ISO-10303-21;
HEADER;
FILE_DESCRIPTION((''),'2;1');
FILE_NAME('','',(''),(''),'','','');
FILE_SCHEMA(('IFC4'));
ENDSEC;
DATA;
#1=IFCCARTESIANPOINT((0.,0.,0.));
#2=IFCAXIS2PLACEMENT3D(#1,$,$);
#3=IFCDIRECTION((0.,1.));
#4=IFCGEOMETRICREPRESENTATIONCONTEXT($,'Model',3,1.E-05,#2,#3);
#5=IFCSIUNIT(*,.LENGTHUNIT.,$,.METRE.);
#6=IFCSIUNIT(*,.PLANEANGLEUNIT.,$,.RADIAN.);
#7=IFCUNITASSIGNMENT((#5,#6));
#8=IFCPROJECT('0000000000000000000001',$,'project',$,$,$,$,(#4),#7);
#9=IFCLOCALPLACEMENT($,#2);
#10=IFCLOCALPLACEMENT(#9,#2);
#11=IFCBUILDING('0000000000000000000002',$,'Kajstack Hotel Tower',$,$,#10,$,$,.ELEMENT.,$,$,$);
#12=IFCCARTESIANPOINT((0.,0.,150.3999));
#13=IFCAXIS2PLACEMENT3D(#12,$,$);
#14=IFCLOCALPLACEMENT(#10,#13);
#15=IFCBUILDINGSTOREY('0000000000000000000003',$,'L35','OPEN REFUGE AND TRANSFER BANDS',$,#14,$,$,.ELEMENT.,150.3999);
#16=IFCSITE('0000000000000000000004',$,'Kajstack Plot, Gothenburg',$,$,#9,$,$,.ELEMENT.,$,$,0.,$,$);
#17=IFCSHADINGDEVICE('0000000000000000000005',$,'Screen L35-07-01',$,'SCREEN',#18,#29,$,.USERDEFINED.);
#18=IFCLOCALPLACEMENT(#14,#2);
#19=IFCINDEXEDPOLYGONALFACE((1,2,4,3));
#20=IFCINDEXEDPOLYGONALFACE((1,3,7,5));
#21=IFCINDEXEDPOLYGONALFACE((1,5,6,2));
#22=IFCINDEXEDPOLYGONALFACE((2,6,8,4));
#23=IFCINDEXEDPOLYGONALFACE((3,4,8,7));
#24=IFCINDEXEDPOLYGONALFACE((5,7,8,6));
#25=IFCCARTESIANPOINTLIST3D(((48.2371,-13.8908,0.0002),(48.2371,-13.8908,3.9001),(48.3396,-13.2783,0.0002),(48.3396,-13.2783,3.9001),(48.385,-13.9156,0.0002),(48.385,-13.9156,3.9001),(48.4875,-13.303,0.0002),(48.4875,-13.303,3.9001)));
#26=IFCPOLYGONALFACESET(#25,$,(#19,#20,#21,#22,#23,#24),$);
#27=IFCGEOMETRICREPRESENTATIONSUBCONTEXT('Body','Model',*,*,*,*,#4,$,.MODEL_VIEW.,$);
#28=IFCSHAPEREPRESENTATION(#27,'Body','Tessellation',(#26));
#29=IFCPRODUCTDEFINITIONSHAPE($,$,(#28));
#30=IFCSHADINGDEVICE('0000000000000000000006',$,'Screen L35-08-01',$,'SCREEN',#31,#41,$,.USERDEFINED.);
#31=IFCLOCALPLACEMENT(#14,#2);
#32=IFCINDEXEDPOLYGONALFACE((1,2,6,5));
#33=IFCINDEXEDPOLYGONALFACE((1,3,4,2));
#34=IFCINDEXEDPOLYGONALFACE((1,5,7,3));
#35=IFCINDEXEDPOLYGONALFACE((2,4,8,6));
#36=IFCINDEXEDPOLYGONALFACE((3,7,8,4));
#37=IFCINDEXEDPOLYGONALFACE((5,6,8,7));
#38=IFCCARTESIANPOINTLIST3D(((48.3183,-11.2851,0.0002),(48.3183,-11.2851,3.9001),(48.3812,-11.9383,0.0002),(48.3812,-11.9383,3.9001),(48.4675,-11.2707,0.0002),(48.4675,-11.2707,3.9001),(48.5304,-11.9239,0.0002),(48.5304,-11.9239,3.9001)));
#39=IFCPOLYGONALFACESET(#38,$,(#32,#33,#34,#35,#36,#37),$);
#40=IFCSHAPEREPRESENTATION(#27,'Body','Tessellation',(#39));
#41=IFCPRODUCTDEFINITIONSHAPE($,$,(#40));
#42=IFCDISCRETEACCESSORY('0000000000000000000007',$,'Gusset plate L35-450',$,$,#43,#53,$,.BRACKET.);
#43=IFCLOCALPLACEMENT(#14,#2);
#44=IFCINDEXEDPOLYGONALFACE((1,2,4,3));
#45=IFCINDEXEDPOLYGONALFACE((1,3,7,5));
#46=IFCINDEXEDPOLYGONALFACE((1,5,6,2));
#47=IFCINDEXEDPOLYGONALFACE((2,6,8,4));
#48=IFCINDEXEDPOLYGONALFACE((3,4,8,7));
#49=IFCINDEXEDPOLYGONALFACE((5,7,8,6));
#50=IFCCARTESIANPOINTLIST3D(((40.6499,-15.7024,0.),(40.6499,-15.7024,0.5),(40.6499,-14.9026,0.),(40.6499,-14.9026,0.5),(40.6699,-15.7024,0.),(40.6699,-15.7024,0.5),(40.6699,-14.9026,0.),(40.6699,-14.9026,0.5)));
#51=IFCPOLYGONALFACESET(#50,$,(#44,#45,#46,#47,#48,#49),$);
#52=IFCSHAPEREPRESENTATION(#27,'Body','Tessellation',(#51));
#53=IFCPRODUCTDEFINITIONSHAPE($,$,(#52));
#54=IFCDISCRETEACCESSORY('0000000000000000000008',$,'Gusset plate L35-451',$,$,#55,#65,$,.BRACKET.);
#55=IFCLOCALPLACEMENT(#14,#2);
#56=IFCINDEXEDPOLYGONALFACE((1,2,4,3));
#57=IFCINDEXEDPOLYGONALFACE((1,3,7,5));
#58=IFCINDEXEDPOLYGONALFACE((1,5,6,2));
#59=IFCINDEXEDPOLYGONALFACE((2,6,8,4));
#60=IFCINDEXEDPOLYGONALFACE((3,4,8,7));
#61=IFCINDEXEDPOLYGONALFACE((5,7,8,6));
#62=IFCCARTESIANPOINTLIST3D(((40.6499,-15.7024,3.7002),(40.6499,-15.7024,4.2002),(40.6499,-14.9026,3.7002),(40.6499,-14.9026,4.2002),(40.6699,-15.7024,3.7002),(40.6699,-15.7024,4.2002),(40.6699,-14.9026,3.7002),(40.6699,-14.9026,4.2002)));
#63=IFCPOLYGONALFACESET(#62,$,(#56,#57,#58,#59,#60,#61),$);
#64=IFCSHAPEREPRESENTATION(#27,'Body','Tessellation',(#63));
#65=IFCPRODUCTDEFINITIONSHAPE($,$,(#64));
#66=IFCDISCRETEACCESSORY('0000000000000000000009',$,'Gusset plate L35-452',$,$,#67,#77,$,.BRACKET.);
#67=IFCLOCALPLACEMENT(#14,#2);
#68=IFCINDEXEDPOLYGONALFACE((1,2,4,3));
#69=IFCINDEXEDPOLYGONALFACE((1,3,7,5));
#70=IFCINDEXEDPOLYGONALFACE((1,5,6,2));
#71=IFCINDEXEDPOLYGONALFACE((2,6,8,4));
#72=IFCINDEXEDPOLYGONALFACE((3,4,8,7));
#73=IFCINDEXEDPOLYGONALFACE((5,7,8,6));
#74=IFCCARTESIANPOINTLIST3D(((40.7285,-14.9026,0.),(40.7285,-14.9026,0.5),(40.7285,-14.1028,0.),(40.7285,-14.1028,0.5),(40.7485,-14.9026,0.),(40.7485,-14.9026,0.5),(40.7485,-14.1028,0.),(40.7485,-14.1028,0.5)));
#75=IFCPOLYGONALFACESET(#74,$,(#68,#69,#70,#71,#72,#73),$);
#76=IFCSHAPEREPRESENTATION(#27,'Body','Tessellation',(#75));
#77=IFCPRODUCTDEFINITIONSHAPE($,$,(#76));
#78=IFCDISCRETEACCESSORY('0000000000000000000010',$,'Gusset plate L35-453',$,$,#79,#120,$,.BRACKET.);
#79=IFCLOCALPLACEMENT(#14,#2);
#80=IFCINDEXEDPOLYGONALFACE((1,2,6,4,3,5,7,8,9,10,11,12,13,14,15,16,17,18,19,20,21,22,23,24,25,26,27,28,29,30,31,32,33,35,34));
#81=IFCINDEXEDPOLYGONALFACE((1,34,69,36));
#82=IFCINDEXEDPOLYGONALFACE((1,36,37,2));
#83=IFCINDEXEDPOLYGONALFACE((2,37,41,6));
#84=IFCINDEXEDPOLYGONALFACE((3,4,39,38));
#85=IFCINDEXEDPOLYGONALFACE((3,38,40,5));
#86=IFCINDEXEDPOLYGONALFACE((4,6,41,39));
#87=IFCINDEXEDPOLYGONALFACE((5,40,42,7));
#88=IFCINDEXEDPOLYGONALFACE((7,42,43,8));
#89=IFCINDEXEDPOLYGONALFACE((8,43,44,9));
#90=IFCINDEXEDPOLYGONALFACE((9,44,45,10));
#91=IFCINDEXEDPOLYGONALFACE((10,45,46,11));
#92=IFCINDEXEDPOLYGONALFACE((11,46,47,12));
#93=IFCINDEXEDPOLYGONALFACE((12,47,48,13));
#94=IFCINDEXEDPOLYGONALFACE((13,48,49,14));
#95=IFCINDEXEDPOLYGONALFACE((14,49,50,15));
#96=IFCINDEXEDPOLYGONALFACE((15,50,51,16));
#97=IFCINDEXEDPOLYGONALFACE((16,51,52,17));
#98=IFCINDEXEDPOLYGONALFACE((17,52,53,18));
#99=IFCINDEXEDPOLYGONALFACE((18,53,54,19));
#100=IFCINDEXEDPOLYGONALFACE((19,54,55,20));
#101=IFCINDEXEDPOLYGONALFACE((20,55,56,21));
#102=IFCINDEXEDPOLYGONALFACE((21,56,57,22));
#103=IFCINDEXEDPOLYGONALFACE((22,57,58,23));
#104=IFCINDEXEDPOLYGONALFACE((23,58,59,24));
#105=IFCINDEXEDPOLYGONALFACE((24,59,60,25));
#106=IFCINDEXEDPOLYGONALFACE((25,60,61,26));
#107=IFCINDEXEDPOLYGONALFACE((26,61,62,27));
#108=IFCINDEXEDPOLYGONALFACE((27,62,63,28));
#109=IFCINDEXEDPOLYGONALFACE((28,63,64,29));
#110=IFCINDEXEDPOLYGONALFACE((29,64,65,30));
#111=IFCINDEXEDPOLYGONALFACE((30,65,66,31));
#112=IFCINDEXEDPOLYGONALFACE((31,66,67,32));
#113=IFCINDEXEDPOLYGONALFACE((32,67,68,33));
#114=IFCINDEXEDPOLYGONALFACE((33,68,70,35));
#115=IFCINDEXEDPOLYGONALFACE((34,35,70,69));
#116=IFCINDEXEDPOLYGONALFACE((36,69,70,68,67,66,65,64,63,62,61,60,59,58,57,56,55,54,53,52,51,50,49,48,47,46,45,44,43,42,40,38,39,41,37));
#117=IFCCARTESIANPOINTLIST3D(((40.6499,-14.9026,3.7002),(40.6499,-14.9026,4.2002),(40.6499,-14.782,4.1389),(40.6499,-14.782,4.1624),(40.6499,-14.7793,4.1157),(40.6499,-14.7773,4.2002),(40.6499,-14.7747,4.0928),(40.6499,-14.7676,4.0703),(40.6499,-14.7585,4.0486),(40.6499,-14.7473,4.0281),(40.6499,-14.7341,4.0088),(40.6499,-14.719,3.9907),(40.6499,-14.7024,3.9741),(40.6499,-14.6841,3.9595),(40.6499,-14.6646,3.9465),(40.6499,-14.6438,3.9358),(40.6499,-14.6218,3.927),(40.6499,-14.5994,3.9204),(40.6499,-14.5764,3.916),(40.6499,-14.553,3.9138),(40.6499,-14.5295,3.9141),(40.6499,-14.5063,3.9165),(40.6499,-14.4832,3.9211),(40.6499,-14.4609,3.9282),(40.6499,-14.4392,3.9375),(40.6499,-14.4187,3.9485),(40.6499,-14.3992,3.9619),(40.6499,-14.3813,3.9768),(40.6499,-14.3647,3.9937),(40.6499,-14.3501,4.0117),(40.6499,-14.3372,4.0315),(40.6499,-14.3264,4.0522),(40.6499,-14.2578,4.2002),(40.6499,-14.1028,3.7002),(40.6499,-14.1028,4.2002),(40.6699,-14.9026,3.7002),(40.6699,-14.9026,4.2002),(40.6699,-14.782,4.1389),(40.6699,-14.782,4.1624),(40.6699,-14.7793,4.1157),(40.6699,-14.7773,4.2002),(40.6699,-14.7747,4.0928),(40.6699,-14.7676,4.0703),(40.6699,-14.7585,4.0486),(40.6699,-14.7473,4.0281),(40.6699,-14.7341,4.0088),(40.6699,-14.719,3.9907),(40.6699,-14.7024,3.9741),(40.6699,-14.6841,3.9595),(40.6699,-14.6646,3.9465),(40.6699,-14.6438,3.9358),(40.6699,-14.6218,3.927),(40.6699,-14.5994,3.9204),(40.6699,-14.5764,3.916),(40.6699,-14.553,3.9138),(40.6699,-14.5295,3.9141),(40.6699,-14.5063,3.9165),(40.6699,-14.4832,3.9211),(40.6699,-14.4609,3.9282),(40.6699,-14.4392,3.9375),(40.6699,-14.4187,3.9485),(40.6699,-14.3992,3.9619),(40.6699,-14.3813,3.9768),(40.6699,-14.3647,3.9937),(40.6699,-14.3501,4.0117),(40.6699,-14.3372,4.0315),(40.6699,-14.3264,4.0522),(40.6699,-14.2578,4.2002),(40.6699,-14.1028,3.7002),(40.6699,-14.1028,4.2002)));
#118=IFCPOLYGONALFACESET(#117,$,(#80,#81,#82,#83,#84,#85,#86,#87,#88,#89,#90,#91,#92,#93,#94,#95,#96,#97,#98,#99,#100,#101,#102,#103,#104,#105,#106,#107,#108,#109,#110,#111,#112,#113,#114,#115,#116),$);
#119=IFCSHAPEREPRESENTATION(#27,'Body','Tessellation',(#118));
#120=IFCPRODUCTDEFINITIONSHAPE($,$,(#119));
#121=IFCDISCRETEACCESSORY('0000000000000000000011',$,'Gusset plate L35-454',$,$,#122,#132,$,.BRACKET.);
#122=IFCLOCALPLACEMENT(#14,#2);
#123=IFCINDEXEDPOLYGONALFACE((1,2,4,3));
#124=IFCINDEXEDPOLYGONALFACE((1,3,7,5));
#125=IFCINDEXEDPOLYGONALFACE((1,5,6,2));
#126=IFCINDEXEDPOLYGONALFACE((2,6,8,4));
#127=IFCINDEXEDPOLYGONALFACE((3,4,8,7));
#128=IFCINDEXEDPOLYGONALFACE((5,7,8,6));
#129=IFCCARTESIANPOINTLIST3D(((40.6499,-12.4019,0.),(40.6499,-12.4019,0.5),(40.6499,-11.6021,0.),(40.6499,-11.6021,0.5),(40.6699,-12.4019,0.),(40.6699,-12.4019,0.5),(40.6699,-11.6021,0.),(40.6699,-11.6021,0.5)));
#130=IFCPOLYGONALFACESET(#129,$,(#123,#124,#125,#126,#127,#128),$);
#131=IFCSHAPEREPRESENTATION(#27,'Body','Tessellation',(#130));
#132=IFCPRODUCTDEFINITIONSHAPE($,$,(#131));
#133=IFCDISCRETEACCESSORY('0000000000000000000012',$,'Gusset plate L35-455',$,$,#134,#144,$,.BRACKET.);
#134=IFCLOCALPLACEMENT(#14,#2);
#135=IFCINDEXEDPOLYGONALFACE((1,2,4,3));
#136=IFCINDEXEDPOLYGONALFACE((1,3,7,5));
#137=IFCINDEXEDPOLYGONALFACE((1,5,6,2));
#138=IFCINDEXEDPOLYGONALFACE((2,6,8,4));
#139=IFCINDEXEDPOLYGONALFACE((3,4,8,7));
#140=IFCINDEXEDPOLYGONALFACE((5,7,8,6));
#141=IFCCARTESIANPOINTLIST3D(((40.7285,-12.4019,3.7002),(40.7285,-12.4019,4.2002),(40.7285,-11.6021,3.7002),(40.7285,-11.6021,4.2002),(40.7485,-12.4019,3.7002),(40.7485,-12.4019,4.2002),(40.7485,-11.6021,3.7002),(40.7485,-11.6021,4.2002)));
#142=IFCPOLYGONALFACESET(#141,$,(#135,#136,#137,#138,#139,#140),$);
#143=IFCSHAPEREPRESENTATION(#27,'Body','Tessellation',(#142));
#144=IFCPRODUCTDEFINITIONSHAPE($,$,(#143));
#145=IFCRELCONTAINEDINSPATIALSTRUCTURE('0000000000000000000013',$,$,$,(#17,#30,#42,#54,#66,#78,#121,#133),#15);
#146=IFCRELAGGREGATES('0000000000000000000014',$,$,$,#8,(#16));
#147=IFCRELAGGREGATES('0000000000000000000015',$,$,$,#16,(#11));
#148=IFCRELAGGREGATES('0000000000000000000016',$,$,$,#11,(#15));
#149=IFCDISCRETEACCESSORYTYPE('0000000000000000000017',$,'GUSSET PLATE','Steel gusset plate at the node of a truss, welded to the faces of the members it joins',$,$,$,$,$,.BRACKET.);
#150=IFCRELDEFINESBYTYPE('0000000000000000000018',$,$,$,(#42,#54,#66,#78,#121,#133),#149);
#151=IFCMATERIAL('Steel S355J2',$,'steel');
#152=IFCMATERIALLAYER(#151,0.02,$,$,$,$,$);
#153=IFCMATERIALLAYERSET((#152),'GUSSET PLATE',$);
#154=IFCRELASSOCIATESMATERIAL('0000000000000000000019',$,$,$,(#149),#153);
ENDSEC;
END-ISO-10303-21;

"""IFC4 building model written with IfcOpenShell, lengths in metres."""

from ifc_helpers import new_model, si_unit, direction, frame, origin, origin_2d, place, context, subcontext, project, spatial, polyline, rectangle, outline, extrude, material, layer, layer_set, type_object, element, save


model = new_model("IFC4")

# Units and contexts
model_context = context("Model", 3, precision=1e-05, world=origin(), true_north=direction((0.0, 1.0)))
body_context = subcontext(model_context, "Body", "Model", "MODEL_VIEW")
ifc_project = project(units=[si_unit("LENGTHUNIT", "METRE"), si_unit("PLANEANGLEUNIT", "RADIAN")], contexts=[model_context])

# Site, building, storey
site_placement = place(None, origin())
site = spatial("IfcSite", under=ifc_project, at=site_placement, Name="Kajstack Plot, Gothenburg", CompositionType="ELEMENT", RefElevation=0.0)
building_placement = place(site_placement, origin())
building = spatial("IfcBuilding", under=site, at=building_placement, Name="Kajstack Hotel Tower", CompositionType="ELEMENT")
storey_placement = place(building_placement, frame((0.0, 0.0, 150.3999)))
storey = spatial("IfcBuildingStorey", under=building, at=storey_placement, Name="L35", Description="OPEN REFUGE AND TRANSFER BANDS", CompositionType="ELEMENT", Elevation=150.3999)

# Shared definitions
ifc_material = material(Name="Steel S355J2", Category="steel")

# Shading devices
for number, where, z_axis, x_axis, name in (
    (1, (48.3623, -13.5969, 0.0002), (0.0, 0.0, 1.0), (0.165025, 0.986289, 0.0), "Screen L35-07-01"),
):
    element("IfcShadingDevice", number, at=place(storey_placement, frame(where, z_axis=z_axis, x_axis=x_axis)), inside=storey, Name=name, ObjectType="SCREEN", PredefinedType="USERDEFINED", context=body_context, shape_type="SweptSolid", body=[
        extrude(rectangle(XDim=0.6211, YDim=0.1499, at=origin_2d()), origin(), (0.0, 0.0, 1.0), 3.8999),
    ])
shading_device_placement = place(storey_placement, frame((48.4243, -11.6045, 0.0002), z_axis=(0.0, 0.0, 1.0), x_axis=(-0.095846, 0.995396, 0.0)))
element("IfcShadingDevice", 2, at=shading_device_placement, inside=storey, Name="Screen L35-08-01", ObjectType="SCREEN", PredefinedType="USERDEFINED", context=body_context, shape_type="SweptSolid", body=[
    extrude(rectangle(XDim=0.6562, YDim=0.1499, at=origin_2d()), origin(), (0.0, 0.0, 1.0), 3.8999),
])

# Discrete accessories
ifc_layer = layer(ifc_material, 0.02)
ifc_layer_set = layer_set([ifc_layer], Name="GUSSET PLATE")
discrete_accessory_type = type_object("IfcDiscreteAccessoryType", Name="GUSSET PLATE", Description="Steel gusset plate at the node of a truss, welded to the faces of the members it joins", PredefinedType="BRACKET", material=ifc_layer_set)
for number, where, z_axis, x_axis, name in (
    (3, (40.6499, -15.3025, 0.0), (1.0, 0.0, 0.0), (0.0, 1.0, 0.0), "Gusset plate L35-450"),
    (4, (40.6499, -15.3025, 3.7002), (1.0, 0.0, 0.0), (0.0, 1.0, 0.0), "Gusset plate L35-451"),
    (5, (40.7285, -14.5027, 0.0), (1.0, 0.0, 0.0), (0.0, 1.0, 0.0), "Gusset plate L35-452"),
):
    element("IfcDiscreteAccessory", number, at=place(storey_placement, frame(where, z_axis=z_axis, x_axis=x_axis)), inside=storey, type_object=discrete_accessory_type, Name=name, PredefinedType="BRACKET", context=body_context, shape_type="SweptSolid", body=[
        extrude(outline(polyline([(-0.3999, 0.0), (0.3999, 0.0), (0.3999, 0.5), (-0.3999, 0.5), (-0.3999, 0.0)])), origin(), (0.0, 0.0, 1.0), 0.02),
    ])
discrete_accessory_placement = place(storey_placement, frame((40.6499, -14.5027, 3.7002), z_axis=(1.0, 0.0, 0.0), x_axis=(0.0, 1.0, 0.0)))
element("IfcDiscreteAccessory", 6, at=discrete_accessory_placement, inside=storey, type_object=discrete_accessory_type, Name="Gusset plate L35-453", PredefinedType="BRACKET", context=body_context, shape_type="SweptSolid", body=[
    extrude(outline(polyline([(0.3999, 0.5), (0.2449, 0.5), (0.1763, 0.3521), (0.1655, 0.3313), (0.1526, 0.3115), (0.1379, 0.2935), (0.1213, 0.2766), (0.1035, 0.2617), (0.084, 0.2483), (0.0635, 0.2373), (0.0417, 0.228), (0.0195, 0.2209), (-0.0037, 0.2163), (-0.0269, 0.2139), (-0.0503, 0.2136), (-0.0737, 0.2158), (-0.0967, 0.2202), (-0.1191, 0.2268), (-0.1411, 0.2356), (-0.1619, 0.2463), (-0.1814, 0.2593), (-0.1997, 0.2739), (-0.2163, 0.2905), (-0.2314, 0.3086), (-0.2446, 0.3279), (-0.2559, 0.3484), (-0.2649, 0.3701), (-0.272, 0.3926), (-0.2766, 0.4155), (-0.2793, 0.4387), (-0.2793, 0.4622), (-0.2747, 0.5), (-0.3999, 0.5), (-0.3999, 0.0), (0.3999, 0.0), (0.3999, 0.5)])), origin(), (0.0, 0.0, 1.0), 0.02),
])
for number, where, z_axis, x_axis, name in (
    (7, (40.6499, -12.002, 0.0), (1.0, 0.0, 0.0), (0.0, 1.0, 0.0), "Gusset plate L35-454"),
    (8, (40.7285, -12.002, 3.7002), (1.0, 0.0, 0.0), (0.0, 1.0, 0.0), "Gusset plate L35-455"),
):
    element("IfcDiscreteAccessory", number, at=place(storey_placement, frame(where, z_axis=z_axis, x_axis=x_axis)), inside=storey, type_object=discrete_accessory_type, Name=name, PredefinedType="BRACKET", context=body_context, shape_type="SweptSolid", body=[
        extrude(outline(polyline([(-0.3999, 0.0), (0.3999, 0.0), (0.3999, 0.5), (-0.3999, 0.5), (-0.3999, 0.0)])), origin(), (0.0, 0.0, 1.0), 0.02),
    ])

save(model, "model.ifc")
